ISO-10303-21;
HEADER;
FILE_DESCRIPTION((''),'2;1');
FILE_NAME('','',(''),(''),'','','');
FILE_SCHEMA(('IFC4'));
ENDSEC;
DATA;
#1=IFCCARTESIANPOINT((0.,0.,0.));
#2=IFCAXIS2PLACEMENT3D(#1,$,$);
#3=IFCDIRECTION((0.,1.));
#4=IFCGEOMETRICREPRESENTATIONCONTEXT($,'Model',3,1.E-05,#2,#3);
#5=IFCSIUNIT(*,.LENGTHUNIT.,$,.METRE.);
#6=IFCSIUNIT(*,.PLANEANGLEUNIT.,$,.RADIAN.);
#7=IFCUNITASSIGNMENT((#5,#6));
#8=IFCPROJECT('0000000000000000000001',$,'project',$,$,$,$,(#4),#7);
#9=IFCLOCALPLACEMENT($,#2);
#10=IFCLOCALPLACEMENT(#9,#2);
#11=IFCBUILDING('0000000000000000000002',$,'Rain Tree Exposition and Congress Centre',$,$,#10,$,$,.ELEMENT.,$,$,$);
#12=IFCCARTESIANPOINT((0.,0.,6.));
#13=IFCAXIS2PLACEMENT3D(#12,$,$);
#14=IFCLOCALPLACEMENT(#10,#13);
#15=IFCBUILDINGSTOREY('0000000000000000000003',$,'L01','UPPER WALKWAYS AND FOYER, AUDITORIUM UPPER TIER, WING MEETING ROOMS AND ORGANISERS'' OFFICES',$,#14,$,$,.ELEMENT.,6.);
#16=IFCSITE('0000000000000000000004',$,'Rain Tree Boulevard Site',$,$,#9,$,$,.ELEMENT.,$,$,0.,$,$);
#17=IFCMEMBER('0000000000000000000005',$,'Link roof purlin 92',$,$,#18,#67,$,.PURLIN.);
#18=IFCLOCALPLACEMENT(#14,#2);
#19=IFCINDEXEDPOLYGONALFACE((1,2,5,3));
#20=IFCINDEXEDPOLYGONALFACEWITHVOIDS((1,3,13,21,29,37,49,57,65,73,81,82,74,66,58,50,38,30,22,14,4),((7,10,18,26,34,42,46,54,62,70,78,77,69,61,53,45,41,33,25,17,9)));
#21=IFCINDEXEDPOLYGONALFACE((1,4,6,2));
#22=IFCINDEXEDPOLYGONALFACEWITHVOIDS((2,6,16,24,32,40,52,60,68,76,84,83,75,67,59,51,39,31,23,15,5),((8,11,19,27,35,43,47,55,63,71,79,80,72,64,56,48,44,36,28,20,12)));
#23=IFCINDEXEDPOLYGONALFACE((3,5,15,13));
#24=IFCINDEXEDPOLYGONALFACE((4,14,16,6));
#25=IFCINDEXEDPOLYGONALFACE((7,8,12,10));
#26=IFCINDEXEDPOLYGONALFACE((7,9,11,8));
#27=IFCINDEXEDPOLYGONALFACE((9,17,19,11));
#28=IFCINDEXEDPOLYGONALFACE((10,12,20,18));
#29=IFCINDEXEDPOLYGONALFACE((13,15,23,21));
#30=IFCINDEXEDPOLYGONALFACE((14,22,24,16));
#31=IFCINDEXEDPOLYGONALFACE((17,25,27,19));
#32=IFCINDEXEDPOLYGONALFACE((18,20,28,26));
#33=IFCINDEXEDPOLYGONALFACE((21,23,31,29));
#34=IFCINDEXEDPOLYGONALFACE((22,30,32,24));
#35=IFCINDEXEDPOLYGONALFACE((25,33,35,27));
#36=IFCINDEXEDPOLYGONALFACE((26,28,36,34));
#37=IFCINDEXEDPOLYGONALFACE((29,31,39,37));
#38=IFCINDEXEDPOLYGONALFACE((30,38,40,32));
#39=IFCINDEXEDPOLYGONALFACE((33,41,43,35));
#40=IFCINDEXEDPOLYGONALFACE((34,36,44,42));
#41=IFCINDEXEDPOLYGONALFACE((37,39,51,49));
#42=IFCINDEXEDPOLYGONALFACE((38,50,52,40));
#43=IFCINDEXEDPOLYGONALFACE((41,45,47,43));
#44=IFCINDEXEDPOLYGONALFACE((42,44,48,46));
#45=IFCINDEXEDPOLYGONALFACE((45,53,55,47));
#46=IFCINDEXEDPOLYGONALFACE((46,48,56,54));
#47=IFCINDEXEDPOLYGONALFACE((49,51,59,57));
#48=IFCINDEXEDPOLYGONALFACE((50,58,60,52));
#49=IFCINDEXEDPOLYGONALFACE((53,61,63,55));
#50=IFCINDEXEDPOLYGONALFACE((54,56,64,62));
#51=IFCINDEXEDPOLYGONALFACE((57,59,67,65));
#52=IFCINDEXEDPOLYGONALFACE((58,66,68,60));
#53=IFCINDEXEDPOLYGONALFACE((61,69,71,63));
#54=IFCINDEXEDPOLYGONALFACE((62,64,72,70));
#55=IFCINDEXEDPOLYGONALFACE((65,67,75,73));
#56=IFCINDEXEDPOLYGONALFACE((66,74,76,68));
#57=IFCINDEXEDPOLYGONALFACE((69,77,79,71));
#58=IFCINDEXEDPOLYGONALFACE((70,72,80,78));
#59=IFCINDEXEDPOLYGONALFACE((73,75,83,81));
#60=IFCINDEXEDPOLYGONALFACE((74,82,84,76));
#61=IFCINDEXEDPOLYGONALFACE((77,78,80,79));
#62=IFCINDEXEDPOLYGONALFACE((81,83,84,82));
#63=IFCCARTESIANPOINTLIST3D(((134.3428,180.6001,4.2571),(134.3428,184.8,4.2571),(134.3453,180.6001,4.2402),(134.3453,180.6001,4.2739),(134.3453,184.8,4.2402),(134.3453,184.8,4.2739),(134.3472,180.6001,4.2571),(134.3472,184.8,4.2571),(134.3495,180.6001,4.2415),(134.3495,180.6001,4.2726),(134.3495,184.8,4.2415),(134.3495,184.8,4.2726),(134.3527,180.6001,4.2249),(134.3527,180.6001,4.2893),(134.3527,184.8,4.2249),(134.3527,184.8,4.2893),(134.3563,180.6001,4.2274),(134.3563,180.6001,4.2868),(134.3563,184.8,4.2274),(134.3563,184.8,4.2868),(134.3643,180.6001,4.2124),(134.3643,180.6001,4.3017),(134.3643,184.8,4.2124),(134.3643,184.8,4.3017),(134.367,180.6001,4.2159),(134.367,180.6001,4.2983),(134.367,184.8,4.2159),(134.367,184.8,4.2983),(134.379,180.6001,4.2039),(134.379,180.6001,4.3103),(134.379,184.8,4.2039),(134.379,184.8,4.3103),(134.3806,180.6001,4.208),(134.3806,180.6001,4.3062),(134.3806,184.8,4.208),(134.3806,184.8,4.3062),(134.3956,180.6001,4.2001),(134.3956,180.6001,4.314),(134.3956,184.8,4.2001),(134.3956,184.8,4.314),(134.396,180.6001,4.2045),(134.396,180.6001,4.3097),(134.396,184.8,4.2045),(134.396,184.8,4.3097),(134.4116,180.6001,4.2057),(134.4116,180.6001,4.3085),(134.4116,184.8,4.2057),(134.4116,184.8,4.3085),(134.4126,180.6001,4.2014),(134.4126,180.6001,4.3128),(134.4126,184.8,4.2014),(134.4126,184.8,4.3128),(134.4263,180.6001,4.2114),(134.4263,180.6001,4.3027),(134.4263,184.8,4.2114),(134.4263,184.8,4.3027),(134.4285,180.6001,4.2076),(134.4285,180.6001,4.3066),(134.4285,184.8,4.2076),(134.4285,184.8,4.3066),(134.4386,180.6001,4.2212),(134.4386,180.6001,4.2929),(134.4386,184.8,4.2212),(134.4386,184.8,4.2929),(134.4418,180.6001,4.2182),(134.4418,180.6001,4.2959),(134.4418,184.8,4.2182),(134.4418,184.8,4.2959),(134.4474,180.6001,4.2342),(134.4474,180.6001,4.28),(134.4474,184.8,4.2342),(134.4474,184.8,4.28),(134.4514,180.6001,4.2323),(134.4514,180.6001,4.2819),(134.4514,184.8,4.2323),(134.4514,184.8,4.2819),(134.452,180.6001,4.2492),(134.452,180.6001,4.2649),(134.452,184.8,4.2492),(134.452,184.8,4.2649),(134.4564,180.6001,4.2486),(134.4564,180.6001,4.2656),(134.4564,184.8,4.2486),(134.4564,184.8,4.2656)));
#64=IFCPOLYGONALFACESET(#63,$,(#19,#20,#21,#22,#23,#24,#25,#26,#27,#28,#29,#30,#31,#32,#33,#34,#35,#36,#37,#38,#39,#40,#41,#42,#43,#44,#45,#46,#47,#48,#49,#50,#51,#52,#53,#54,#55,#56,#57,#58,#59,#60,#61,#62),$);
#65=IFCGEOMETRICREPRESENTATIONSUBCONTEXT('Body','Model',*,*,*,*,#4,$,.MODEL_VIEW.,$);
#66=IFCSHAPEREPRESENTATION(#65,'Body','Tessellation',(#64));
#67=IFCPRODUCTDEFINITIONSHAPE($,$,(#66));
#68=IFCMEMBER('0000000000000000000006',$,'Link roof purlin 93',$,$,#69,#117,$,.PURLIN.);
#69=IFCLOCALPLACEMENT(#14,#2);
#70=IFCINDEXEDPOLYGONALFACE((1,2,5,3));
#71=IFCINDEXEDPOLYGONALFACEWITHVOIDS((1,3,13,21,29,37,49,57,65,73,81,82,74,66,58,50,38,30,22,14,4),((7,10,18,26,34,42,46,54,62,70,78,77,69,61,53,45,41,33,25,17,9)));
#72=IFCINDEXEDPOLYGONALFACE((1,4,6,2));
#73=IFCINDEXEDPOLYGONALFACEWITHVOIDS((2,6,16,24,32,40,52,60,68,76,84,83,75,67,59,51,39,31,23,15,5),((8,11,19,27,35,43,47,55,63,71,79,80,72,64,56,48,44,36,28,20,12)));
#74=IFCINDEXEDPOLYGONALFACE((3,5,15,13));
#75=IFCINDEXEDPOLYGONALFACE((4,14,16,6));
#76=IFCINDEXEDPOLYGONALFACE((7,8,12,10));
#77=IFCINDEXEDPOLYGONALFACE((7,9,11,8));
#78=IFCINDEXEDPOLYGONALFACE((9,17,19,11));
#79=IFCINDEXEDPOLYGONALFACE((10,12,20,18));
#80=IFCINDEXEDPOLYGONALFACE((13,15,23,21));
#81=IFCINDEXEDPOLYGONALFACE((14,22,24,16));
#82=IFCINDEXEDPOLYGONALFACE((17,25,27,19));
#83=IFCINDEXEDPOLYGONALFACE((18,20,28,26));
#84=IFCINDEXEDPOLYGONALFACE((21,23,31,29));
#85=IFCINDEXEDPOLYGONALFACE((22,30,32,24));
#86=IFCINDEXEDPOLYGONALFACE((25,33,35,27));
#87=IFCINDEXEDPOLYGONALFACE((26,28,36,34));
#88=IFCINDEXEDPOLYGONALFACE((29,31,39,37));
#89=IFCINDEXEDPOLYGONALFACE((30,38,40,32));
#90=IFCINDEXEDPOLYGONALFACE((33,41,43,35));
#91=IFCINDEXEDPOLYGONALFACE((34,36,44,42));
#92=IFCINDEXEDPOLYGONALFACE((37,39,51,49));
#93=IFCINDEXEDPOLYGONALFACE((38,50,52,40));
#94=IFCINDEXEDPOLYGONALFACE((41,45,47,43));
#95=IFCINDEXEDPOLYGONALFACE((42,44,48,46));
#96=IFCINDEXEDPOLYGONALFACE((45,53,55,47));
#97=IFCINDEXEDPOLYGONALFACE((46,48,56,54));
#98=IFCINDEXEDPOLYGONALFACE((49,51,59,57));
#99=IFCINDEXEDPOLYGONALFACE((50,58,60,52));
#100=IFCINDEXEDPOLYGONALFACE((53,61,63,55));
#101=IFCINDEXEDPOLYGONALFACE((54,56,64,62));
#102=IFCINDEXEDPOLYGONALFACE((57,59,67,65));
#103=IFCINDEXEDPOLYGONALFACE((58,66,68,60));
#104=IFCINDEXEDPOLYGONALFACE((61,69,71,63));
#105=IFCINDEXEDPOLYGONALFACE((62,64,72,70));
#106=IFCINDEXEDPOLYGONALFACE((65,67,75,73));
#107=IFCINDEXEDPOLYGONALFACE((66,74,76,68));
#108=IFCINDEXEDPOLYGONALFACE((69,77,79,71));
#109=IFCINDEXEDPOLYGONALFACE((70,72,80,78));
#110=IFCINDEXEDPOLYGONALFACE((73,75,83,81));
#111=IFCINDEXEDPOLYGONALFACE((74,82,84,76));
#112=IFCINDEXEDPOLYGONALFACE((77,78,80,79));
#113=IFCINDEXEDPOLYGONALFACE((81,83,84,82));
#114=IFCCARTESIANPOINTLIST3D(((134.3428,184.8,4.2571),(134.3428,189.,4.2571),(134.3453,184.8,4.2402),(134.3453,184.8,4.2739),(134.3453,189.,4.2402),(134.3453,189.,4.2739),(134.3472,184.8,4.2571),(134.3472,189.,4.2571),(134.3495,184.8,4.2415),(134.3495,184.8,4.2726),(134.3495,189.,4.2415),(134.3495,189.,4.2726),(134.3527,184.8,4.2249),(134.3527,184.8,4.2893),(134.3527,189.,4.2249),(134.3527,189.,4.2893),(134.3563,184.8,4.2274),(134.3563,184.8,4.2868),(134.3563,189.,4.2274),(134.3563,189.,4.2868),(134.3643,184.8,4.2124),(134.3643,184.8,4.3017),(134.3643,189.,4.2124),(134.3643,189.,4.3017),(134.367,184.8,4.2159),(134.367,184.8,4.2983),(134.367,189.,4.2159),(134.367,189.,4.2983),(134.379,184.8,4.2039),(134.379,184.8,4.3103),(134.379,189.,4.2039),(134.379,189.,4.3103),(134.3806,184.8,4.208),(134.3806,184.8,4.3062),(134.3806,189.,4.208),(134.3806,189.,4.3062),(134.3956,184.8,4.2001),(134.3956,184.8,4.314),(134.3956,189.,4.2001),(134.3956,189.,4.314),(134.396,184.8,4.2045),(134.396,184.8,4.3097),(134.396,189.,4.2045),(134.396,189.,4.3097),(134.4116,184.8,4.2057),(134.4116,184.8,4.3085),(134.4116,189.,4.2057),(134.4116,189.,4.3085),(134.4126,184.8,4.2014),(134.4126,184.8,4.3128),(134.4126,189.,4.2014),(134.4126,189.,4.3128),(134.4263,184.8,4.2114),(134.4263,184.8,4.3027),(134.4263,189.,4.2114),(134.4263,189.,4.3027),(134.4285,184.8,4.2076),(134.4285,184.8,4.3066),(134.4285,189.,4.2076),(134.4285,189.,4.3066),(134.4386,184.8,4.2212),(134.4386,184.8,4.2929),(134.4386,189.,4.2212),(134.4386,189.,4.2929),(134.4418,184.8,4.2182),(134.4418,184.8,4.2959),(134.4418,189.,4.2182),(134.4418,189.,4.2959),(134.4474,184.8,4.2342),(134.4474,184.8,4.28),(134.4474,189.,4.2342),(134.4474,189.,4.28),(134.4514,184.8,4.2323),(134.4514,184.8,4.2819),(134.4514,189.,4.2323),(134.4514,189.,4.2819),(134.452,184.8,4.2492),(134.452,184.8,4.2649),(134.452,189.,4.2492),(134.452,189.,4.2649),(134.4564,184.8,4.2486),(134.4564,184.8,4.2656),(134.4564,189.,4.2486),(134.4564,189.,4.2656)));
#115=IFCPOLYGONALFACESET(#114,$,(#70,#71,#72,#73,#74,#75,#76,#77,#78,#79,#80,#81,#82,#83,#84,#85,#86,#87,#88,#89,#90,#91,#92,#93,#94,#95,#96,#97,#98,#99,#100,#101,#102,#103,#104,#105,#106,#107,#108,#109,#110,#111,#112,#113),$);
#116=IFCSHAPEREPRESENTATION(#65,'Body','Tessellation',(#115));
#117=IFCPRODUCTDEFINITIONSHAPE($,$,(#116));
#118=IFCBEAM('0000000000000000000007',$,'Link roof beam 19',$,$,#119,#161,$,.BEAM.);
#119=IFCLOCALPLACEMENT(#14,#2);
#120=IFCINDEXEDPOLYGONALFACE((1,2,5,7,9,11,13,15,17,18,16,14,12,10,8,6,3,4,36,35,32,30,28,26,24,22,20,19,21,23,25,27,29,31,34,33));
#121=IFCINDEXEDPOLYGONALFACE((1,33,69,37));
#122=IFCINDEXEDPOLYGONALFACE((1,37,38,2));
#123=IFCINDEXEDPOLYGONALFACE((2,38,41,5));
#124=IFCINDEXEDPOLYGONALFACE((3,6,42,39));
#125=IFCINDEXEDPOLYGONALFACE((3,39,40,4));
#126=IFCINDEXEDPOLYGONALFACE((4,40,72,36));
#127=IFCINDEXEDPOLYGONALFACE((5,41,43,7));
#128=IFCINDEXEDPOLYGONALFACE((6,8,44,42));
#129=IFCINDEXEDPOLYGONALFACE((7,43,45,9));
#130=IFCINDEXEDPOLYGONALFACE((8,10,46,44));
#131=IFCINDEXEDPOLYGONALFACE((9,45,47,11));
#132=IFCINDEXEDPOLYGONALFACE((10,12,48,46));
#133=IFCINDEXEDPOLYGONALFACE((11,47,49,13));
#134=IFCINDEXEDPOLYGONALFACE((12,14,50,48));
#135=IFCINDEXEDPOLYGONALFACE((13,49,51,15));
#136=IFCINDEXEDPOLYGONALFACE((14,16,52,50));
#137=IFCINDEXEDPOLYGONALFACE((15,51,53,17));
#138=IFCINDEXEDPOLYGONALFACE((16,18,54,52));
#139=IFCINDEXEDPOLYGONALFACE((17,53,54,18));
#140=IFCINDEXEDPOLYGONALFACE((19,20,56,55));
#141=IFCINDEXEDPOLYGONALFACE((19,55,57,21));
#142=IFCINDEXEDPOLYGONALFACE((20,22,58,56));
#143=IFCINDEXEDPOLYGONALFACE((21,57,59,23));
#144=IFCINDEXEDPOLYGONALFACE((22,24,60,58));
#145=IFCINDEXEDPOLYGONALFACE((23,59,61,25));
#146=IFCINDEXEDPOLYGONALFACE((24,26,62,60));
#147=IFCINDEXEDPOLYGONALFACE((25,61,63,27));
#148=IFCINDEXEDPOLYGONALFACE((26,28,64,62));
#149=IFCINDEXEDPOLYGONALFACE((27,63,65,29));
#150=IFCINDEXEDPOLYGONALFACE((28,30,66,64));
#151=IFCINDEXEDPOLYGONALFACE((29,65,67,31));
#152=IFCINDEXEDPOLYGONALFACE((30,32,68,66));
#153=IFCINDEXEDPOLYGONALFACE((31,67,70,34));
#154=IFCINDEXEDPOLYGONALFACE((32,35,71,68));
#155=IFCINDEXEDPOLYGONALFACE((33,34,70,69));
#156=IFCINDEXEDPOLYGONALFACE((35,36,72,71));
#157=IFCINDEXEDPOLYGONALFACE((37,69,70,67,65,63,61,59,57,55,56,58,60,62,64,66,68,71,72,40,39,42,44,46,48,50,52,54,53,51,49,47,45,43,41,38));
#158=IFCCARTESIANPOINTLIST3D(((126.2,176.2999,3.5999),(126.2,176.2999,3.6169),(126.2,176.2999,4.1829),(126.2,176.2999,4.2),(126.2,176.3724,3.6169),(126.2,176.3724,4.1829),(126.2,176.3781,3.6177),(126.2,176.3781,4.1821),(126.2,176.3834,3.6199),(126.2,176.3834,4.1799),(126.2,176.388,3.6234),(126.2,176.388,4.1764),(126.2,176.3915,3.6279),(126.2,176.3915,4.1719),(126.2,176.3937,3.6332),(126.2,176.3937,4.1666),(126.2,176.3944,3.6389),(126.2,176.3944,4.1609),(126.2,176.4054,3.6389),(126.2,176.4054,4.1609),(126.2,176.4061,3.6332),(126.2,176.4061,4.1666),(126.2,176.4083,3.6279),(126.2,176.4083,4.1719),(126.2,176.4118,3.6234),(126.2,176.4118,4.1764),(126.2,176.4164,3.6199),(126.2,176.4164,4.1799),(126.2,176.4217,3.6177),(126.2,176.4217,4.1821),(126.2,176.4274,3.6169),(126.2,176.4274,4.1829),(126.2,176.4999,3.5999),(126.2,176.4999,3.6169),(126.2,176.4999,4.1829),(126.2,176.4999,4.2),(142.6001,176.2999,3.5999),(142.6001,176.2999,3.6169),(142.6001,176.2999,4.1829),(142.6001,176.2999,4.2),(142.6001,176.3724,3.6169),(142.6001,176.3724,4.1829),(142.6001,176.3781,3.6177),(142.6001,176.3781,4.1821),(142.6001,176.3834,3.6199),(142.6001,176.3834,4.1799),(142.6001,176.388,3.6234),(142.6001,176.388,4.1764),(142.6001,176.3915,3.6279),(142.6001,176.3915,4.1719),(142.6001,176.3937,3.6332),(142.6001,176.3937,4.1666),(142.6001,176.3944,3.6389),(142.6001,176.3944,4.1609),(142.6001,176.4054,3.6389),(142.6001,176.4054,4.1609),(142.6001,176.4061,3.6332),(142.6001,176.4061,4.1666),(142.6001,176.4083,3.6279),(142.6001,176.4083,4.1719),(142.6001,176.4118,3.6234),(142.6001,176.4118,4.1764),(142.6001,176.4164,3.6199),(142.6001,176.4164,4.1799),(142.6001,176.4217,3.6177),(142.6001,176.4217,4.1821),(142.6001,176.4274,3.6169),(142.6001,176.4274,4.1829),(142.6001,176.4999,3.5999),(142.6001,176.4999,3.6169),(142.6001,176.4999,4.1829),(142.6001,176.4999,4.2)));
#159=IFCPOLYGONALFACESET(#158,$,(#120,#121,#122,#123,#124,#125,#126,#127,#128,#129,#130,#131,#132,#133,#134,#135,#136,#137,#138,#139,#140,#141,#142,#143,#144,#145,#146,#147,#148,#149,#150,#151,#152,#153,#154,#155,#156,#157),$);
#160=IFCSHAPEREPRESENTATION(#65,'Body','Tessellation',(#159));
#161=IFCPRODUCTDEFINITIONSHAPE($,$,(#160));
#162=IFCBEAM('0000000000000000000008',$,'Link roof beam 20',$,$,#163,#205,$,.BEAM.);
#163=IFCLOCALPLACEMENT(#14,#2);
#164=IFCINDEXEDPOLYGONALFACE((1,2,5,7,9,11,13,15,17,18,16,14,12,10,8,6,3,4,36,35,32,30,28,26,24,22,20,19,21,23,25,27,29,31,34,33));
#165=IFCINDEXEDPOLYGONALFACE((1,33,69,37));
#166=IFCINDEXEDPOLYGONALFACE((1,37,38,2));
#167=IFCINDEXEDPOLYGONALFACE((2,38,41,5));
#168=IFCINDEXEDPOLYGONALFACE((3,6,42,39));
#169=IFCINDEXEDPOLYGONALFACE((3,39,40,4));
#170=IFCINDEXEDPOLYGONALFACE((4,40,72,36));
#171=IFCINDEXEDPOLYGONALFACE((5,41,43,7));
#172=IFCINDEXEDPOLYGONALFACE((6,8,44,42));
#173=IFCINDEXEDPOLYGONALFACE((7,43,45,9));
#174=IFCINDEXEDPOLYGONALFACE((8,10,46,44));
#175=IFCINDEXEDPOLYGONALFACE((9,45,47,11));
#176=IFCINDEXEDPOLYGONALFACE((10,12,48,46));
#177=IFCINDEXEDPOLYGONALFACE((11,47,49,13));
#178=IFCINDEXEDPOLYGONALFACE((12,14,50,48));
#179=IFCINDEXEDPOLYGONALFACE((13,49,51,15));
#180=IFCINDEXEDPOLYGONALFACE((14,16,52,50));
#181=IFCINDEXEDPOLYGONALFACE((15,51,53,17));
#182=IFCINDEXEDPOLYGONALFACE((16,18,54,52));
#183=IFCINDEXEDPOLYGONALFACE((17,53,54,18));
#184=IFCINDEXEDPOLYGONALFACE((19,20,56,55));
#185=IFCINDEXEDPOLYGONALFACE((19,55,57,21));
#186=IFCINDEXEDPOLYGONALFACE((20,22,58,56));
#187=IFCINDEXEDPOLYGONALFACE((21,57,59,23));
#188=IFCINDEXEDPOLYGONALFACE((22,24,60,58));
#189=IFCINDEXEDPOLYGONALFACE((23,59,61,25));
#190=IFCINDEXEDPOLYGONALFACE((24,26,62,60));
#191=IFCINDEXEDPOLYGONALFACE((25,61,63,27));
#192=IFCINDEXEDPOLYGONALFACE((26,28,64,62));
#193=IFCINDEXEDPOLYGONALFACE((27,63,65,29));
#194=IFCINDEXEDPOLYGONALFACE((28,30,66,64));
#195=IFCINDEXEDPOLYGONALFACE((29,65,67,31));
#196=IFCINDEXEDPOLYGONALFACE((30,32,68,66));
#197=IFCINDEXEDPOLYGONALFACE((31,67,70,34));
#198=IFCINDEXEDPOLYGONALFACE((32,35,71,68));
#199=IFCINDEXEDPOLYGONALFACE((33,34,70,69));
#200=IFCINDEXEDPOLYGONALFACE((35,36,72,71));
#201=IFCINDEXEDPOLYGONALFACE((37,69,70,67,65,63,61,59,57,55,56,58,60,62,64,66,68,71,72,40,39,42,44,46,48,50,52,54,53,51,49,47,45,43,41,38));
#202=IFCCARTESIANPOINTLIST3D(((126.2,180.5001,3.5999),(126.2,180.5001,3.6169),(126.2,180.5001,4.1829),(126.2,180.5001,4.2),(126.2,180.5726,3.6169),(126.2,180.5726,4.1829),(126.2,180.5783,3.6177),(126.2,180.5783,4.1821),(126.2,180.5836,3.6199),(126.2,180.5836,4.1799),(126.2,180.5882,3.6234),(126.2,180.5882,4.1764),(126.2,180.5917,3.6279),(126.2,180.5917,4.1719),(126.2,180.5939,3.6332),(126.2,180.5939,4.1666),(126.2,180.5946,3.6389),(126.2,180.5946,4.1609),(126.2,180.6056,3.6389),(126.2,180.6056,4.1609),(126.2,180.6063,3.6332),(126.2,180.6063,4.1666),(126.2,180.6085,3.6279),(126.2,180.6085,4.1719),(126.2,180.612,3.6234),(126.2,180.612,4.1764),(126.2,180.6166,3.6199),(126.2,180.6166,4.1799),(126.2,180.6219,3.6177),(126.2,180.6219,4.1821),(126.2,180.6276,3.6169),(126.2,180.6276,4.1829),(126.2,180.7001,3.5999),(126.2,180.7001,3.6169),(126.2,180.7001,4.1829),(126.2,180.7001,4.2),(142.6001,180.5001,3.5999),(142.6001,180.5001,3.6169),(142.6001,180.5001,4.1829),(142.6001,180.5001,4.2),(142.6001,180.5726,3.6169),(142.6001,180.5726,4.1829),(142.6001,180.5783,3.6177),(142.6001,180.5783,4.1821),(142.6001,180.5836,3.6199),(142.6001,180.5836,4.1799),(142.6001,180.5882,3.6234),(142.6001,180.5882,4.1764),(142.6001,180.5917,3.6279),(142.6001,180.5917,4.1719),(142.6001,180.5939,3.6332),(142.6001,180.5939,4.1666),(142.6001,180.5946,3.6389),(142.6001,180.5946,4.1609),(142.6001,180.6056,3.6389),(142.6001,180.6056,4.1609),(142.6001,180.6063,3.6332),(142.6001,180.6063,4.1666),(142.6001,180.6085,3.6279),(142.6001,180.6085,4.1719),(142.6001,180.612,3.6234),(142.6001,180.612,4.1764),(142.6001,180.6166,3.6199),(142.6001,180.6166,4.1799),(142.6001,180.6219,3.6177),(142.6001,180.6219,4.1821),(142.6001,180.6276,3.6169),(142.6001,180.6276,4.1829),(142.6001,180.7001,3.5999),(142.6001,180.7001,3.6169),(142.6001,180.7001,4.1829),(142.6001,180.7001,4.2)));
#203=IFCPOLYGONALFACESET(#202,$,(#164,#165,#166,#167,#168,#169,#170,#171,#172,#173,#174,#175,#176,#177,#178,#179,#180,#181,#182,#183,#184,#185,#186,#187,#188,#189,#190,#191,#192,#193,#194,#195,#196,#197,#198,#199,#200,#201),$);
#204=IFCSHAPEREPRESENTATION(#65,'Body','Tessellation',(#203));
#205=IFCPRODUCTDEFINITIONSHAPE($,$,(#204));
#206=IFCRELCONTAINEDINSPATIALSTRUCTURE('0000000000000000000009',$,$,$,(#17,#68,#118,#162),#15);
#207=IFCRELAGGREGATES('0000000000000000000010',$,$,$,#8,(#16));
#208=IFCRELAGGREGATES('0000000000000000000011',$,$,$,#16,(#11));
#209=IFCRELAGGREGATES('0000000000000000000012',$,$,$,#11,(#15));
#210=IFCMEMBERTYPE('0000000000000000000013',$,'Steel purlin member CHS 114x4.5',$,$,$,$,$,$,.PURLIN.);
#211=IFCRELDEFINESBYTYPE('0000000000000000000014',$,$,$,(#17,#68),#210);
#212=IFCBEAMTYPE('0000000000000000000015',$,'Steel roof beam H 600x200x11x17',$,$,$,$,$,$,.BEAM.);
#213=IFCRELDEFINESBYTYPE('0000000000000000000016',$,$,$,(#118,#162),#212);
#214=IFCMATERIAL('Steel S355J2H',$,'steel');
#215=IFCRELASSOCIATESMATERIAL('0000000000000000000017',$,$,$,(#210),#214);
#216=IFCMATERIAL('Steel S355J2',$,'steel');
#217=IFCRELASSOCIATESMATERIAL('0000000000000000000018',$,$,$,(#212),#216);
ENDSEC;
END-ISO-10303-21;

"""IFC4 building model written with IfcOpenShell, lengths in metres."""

from ifc_helpers import new_model, si_unit, direction, frame, origin, origin_2d, place, context, subcontext, project, spatial, hollow_circle, i_section, extrude, material, material_profile, profile_set, type_object, element, save


model = new_model("IFC4")

# Units and contexts
model_context = context("Model", 3, precision=1e-05, world=origin(), true_north=direction((0.0, 1.0)))
body_context = subcontext(model_context, "Body", "Model", "MODEL_VIEW")
ifc_project = project(units=[si_unit("LENGTHUNIT", "METRE"), si_unit("PLANEANGLEUNIT", "RADIAN")], contexts=[model_context])

# Site, building, storey
site_placement = place(None, origin())
site = spatial("IfcSite", under=ifc_project, at=site_placement, Name="Rain Tree Boulevard Site", CompositionType="ELEMENT", RefElevation=0.0)
building_placement = place(site_placement, origin())
building = spatial("IfcBuilding", under=site, at=building_placement, Name="Rain Tree Exposition and Congress Centre", CompositionType="ELEMENT")
storey_placement = place(building_placement, frame((0.0, 0.0, 6.0)))
storey = spatial("IfcBuildingStorey", under=building, at=storey_placement, Name="L01", Description="UPPER WALKWAYS AND FOYER, AUDITORIUM UPPER TIER, WING MEETING ROOMS AND ORGANISERS' OFFICES", CompositionType="ELEMENT", Elevation=6.0)

# Members
ifc_material_1 = material(Name="Steel S355J2H", Category="steel")
ifc_material_profile_1 = material_profile(ifc_material_1, hollow_circle(Radius=0.0571, WallThickness=0.0044, at=origin_2d()), Name="CHS 114x4.5")
ifc_profile_set_1 = profile_set([ifc_material_profile_1], Name="Steel S355J2H")
member_type = type_object("IfcMemberType", Name="Steel purlin member CHS 114x4.5", PredefinedType="PURLIN", material=ifc_profile_set_1)
for number, where, z_axis, x_axis, name in (
    (1, (134.3999, 180.6001, 4.2571), (0.0, 1.0, 0.0), (-1.0, 0.0, 0.0), "Link roof purlin 92"),
    (2, (134.3999, 184.8, 4.2571), (0.0, 1.0, 0.0), (-1.0, 0.0, 0.0), "Link roof purlin 93"),
):
    element("IfcMember", number, at=place(storey_placement, frame(where, z_axis=z_axis, x_axis=x_axis)), inside=storey, type_object=member_type, Name=name, PredefinedType="PURLIN", context=body_context, shape_type="SweptSolid", body=[
        extrude(hollow_circle(Radius=0.0571, WallThickness=0.0044, at=origin_2d()), origin(), (0.0, 0.0, 1.0), 4.2),
    ])

# Beams
ifc_material_2 = material(Name="Steel S355J2", Category="steel")
ifc_material_profile_2 = material_profile(ifc_material_2, i_section(OverallWidth=0.2, OverallDepth=0.6001, WebThickness=0.011, FlangeThickness=0.0171, FilletRadius=0.022, at=origin_2d()), Name="H 600x200x11x17")
ifc_profile_set_2 = profile_set([ifc_material_profile_2], Name="Steel S355J2")
beam_type = type_object("IfcBeamType", Name="Steel roof beam H 600x200x11x17", PredefinedType="BEAM", material=ifc_profile_set_2)
for number, where, z_axis, x_axis, name in (
    (3, (126.2, 176.3999, 3.8999), (1.0, 0.0, 0.0), (0.0, 1.0, 0.0), "Link roof beam 19"),
    (4, (126.2, 180.6001, 3.8999), (1.0, 0.0, 0.0), (0.0, 1.0, 0.0), "Link roof beam 20"),
):
    element("IfcBeam", number, at=place(storey_placement, frame(where, z_axis=z_axis, x_axis=x_axis)), inside=storey, type_object=beam_type, Name=name, PredefinedType="BEAM", context=body_context, shape_type="SweptSolid", body=[
        extrude(i_section(OverallWidth=0.2, OverallDepth=0.6001, WebThickness=0.011, FlangeThickness=0.0171, FilletRadius=0.022, at=origin_2d()), origin(), (0.0, 0.0, 1.0), 16.4001),
    ])

save(model, "model.ifc")
